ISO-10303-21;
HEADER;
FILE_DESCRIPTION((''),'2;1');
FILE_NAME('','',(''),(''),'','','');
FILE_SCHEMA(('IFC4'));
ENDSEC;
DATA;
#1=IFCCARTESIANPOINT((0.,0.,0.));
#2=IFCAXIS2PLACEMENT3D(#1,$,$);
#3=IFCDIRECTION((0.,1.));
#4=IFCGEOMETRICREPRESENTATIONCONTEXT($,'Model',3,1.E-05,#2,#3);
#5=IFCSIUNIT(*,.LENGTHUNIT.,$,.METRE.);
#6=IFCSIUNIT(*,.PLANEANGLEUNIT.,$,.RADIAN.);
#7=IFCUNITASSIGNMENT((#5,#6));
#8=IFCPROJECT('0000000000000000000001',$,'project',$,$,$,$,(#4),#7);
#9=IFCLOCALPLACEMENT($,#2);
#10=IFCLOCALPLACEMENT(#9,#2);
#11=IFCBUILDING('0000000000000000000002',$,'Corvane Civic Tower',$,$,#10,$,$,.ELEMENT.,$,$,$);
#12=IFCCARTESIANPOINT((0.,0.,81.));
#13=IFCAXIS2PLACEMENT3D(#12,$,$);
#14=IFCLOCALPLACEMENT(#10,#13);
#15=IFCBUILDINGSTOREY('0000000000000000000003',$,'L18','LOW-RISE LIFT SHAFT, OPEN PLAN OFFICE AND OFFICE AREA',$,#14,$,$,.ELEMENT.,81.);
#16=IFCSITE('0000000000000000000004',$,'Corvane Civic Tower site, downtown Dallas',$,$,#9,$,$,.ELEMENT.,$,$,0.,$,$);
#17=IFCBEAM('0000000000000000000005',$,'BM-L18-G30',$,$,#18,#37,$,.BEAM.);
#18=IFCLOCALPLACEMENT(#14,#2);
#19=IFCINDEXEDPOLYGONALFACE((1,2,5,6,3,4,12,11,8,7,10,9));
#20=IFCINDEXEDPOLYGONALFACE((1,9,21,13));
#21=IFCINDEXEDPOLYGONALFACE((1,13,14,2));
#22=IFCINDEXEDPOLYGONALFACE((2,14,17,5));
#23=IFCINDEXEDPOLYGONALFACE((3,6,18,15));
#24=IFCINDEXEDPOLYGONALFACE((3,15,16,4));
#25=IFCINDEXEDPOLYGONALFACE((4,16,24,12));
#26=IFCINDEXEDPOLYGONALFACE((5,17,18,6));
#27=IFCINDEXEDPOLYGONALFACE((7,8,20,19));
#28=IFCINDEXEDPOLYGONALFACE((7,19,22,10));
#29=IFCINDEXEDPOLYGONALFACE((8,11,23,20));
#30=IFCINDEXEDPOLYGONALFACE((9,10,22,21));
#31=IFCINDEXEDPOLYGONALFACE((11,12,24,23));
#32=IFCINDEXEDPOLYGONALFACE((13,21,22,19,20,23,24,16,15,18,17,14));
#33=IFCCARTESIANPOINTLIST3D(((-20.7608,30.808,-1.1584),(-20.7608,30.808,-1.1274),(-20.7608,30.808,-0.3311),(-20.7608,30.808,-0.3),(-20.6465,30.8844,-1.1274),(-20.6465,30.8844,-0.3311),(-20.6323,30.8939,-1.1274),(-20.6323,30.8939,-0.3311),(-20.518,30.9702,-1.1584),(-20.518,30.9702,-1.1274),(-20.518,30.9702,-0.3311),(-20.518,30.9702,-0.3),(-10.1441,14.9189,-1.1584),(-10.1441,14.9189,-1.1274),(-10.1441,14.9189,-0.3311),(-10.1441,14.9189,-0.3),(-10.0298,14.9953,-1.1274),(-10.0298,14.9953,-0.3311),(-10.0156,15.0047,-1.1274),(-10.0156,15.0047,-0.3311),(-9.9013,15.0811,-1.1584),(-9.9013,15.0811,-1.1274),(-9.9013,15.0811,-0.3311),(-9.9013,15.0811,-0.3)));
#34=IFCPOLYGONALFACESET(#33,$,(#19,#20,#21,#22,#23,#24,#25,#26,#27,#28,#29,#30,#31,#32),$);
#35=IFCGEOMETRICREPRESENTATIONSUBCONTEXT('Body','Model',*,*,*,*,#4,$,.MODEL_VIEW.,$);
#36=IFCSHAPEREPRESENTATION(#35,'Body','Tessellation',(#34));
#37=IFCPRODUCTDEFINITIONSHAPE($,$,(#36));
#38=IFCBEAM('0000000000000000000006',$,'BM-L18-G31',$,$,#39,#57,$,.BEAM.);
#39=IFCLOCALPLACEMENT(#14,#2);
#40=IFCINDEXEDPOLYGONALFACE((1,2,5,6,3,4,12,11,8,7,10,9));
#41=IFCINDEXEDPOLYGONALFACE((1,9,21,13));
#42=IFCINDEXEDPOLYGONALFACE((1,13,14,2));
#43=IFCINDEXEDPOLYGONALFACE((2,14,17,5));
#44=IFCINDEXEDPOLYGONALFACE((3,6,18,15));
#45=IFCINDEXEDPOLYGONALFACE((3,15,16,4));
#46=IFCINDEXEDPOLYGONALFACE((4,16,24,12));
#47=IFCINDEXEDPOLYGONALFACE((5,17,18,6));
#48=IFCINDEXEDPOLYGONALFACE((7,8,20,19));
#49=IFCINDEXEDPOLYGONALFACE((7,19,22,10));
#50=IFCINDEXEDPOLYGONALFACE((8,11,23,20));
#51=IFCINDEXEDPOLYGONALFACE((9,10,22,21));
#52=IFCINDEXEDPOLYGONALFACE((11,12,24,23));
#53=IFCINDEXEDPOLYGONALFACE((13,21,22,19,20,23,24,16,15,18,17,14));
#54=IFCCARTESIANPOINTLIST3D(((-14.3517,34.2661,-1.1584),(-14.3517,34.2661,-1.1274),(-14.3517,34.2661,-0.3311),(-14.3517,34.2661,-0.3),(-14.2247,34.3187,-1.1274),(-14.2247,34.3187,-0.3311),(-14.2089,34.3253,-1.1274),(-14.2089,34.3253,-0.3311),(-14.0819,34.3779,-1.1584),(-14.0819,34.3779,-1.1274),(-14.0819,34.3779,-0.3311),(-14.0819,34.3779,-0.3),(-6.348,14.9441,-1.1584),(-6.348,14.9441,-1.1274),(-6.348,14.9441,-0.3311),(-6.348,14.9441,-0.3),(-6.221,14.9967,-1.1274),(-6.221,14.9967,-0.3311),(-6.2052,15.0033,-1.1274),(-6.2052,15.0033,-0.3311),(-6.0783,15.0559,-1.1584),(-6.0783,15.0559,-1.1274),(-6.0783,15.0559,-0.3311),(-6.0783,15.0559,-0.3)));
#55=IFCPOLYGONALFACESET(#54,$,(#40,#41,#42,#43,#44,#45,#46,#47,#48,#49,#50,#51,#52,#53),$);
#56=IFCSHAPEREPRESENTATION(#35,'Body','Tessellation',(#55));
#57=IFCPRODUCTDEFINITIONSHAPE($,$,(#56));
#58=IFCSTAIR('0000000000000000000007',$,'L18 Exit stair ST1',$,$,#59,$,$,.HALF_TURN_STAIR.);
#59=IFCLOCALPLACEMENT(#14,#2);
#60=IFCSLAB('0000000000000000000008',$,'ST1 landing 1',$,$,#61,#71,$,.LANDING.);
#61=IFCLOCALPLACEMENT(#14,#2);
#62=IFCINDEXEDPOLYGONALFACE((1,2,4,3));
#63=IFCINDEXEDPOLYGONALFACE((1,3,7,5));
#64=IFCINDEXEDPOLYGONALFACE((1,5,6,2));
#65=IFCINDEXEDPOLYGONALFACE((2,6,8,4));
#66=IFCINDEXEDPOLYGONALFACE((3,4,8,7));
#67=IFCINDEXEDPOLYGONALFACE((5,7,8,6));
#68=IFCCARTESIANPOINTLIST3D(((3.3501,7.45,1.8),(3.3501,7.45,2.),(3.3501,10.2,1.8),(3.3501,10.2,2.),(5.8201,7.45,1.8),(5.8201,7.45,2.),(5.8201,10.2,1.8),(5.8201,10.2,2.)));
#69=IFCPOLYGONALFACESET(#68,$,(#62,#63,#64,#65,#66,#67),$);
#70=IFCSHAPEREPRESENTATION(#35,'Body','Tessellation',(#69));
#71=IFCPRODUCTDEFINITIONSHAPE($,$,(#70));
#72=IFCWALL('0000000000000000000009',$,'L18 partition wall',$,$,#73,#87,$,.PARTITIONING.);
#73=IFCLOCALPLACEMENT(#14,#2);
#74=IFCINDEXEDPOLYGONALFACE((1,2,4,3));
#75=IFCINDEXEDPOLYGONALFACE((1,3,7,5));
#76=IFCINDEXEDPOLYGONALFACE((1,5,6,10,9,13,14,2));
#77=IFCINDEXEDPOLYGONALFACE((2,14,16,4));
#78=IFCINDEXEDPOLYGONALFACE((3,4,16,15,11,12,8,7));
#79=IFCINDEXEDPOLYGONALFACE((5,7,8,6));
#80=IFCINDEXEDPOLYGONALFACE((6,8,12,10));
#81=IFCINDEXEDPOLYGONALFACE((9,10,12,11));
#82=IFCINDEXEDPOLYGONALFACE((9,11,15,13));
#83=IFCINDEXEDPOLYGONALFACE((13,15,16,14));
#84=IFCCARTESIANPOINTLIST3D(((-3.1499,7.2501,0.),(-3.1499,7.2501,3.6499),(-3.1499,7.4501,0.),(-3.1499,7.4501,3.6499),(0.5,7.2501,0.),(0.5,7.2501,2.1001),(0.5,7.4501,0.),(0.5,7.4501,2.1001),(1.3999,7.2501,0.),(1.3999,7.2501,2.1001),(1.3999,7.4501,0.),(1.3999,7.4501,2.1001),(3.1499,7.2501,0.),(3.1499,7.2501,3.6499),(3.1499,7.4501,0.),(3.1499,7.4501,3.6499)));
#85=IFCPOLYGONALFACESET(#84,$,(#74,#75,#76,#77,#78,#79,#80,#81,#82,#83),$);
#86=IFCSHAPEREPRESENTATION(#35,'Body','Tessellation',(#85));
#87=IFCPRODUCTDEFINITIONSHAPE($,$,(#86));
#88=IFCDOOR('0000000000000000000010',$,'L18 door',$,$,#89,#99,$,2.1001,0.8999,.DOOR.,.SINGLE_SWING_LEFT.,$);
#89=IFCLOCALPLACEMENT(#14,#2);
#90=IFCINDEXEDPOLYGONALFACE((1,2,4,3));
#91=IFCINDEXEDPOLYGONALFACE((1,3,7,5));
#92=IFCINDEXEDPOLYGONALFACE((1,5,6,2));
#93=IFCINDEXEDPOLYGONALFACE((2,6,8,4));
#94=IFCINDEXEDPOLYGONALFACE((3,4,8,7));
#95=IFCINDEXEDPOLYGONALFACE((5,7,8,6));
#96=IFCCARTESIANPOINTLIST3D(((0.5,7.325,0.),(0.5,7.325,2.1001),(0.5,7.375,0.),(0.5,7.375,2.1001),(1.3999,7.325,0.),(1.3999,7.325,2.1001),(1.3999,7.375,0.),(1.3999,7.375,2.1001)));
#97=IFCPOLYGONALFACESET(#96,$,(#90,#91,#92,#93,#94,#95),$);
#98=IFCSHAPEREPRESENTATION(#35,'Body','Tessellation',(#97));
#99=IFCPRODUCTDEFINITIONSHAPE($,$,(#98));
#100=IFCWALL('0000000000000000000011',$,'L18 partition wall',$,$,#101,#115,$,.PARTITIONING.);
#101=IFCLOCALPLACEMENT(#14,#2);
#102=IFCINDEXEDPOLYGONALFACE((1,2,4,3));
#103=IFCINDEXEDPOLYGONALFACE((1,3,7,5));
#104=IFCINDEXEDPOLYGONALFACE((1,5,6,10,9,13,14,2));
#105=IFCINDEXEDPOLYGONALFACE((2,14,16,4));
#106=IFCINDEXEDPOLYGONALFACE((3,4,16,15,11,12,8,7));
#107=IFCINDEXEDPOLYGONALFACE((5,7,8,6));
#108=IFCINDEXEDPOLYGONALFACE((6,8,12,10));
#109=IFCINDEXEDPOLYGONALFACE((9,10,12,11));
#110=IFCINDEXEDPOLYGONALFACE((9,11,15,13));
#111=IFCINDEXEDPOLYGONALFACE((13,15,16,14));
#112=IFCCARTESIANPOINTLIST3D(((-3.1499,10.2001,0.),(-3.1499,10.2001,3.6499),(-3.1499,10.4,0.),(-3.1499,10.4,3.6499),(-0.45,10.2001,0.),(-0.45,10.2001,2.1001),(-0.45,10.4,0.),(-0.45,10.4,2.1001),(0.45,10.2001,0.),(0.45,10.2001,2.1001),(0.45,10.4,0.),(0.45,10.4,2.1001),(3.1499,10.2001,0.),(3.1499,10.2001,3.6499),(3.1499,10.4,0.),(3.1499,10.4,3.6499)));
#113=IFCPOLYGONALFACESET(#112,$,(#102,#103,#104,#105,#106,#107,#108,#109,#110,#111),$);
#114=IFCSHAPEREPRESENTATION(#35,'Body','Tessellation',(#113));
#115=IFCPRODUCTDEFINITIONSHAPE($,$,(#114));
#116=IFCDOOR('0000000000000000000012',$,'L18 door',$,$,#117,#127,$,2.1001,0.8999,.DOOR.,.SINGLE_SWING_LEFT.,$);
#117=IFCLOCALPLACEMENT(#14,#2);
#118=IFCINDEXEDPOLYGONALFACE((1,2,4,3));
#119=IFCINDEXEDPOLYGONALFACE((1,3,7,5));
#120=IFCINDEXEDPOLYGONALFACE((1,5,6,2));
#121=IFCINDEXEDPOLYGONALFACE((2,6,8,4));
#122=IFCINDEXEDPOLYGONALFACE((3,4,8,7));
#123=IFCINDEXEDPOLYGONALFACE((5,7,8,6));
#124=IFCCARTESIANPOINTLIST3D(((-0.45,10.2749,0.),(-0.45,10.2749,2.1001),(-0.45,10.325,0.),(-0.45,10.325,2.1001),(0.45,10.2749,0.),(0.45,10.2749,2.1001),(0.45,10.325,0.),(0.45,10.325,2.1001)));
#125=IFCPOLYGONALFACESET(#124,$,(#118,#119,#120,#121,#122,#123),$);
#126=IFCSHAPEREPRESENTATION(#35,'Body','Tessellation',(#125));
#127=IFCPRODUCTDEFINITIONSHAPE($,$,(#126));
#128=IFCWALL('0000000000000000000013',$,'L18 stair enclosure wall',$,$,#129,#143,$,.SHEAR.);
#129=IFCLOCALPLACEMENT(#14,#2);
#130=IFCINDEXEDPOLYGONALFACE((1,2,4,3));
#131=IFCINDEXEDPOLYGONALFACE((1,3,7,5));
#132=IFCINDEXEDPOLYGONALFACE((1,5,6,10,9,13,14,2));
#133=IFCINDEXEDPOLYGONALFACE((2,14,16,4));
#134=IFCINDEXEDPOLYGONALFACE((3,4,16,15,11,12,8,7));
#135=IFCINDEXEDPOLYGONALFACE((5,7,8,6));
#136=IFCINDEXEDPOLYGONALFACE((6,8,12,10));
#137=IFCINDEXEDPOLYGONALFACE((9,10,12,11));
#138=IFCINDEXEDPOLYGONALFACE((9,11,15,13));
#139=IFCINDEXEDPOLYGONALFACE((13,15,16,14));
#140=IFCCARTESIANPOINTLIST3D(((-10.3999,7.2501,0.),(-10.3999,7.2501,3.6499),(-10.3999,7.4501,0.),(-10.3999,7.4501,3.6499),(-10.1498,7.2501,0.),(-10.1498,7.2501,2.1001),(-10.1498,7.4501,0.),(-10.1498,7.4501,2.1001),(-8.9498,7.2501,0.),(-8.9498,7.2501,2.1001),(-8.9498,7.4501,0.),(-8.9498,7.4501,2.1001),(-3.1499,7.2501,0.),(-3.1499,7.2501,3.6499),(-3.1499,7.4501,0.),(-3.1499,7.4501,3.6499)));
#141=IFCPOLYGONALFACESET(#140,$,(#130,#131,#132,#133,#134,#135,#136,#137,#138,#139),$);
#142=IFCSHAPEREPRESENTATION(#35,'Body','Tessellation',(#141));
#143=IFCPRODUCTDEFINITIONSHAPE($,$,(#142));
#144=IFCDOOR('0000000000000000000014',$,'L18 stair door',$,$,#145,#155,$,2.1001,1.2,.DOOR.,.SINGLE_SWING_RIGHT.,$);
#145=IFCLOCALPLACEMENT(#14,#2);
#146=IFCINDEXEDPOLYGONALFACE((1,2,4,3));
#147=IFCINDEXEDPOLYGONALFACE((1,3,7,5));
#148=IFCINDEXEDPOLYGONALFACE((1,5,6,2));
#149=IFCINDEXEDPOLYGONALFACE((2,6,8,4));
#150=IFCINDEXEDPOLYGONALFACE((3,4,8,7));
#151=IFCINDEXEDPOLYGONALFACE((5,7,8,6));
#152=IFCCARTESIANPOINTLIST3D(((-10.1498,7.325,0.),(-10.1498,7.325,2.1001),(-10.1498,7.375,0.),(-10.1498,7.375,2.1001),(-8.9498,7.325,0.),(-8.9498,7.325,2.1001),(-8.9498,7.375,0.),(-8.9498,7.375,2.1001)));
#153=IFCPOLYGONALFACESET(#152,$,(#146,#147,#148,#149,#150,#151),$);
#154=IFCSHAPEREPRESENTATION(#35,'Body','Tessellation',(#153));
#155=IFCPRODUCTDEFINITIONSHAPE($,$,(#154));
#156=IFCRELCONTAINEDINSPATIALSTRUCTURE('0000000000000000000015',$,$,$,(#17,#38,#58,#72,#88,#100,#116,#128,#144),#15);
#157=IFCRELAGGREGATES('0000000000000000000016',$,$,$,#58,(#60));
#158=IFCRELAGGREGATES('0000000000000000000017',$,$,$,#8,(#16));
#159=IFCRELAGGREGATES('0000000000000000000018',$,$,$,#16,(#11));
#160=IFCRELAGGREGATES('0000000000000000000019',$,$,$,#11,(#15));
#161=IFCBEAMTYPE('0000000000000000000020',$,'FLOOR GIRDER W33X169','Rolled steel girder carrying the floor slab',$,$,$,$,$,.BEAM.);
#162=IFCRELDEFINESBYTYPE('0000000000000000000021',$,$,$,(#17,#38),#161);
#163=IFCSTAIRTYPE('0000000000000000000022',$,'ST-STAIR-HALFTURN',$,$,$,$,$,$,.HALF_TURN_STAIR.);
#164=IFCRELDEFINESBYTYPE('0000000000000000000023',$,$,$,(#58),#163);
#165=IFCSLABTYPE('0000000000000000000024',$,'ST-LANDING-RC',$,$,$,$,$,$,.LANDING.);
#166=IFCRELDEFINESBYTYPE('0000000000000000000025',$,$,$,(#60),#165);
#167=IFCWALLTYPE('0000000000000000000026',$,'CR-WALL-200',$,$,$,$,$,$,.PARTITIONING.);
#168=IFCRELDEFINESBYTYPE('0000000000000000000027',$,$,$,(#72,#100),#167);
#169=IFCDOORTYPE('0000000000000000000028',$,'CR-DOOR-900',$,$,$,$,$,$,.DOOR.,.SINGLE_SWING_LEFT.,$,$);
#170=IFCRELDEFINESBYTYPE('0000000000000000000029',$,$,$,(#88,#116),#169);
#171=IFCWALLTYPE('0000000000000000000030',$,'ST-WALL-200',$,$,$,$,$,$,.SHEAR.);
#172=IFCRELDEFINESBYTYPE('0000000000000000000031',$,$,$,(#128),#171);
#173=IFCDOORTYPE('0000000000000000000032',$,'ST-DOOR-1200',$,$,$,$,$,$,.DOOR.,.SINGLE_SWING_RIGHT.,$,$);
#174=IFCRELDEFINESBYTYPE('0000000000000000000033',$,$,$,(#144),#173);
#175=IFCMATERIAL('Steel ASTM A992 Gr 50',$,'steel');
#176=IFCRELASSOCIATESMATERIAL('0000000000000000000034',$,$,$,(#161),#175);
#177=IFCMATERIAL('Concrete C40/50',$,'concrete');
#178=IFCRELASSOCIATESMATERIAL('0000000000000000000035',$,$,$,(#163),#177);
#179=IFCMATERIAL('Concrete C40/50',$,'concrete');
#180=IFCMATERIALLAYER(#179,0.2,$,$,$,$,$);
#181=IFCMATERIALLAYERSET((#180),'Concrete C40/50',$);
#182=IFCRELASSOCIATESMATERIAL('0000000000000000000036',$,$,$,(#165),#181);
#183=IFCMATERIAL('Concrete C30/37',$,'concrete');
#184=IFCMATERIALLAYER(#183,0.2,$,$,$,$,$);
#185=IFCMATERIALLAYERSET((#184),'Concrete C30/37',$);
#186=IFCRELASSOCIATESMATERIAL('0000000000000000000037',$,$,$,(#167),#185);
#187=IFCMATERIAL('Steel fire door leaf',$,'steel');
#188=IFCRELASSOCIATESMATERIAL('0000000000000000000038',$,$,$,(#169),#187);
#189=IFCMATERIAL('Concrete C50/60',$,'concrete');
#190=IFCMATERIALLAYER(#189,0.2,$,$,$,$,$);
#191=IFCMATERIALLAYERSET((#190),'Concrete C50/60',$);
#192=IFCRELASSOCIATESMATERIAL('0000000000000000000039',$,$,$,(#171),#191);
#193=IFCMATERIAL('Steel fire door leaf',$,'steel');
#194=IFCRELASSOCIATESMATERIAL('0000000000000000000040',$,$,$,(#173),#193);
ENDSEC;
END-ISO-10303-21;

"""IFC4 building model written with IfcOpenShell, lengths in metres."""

from ifc_helpers import new_model, si_unit, direction, frame, frame_2d, origin, origin_2d, place, context, subcontext, project, spatial, polyline, rectangle, i_section, outline, extrude, material, layer, layer_set, material_profile, profile_set, type_object, element, fill, aggregate, save


model = new_model("IFC4")

# Units and contexts
model_context = context("Model", 3, precision=1e-05, world=origin(), true_north=direction((0.0, 1.0)))
body_context = subcontext(model_context, "Body", "Model", "MODEL_VIEW")
ifc_project = project(units=[si_unit("LENGTHUNIT", "METRE"), si_unit("PLANEANGLEUNIT", "RADIAN")], contexts=[model_context])

# Site, building, storey
site_placement = place(None, origin())
site = spatial("IfcSite", under=ifc_project, at=site_placement, Name="Corvane Civic Tower site, downtown Dallas", CompositionType="ELEMENT", RefElevation=0.0)
building_placement = place(site_placement, origin())
building = spatial("IfcBuilding", under=site, at=building_placement, Name="Corvane Civic Tower", CompositionType="ELEMENT")
storey_placement = place(building_placement, frame((0.0, 0.0, 81.0)))
storey = spatial("IfcBuildingStorey", under=building, at=storey_placement, Name="L18", Description="LOW-RISE LIFT SHAFT, OPEN PLAN OFFICE AND OFFICE AREA", CompositionType="ELEMENT", Elevation=81.0)

# Beams
ifc_material_1 = material(Name="Steel ASTM A992 Gr 50", Category="steel")
ifc_material_profile = material_profile(ifc_material_1, i_section(OverallWidth=0.292, OverallDepth=0.8584, WebThickness=0.0171, FlangeThickness=0.031, at=origin_2d()), Name="W33X169")
ifc_profile_set = profile_set([ifc_material_profile], Name="Steel ASTM A992 Gr 50")
beam_type = type_object("IfcBeamType", Name="FLOOR GIRDER W33X169", Description="Rolled steel girder carrying the floor slab", PredefinedType="BEAM", material=ifc_profile_set)
beam_1_placement = place(storey_placement, frame((-10.0227, 15.0, -0.7292), z_axis=(-0.555567, 0.831472, 0.0), x_axis=(-0.831472, -0.555567, 0.0)))
element("IfcBeam", 1, at=beam_1_placement, inside=storey, type_object=beam_type, Name="BM-L18-G30", PredefinedType="BEAM", context=body_context, shape_type="SweptSolid", body=[
    extrude(i_section(OverallWidth=0.292, OverallDepth=0.8584, WebThickness=0.0171, FlangeThickness=0.031, at=origin_2d()), origin(), (0.0, 0.0, 1.0), 19.1096),
])
beam_2_placement = place(storey_placement, frame((-6.2131, 15.0, -0.7292), z_axis=(-0.382692, 0.923876, 0.0), x_axis=(-0.923876, -0.382692, 0.0)))
element("IfcBeam", 2, at=beam_2_placement, inside=storey, type_object=beam_type, Name="BM-L18-G31", PredefinedType="BEAM", context=body_context, shape_type="SweptSolid", body=[
    extrude(i_section(OverallWidth=0.292, OverallDepth=0.8584, WebThickness=0.0171, FlangeThickness=0.031, at=origin_2d()), origin(), (0.0, 0.0, 1.0), 20.9141),
])

# Stair, slab
ifc_material_2 = material(Name="Concrete C40/50", Category="concrete")
stair_type = type_object("IfcStairType", Name="ST-STAIR-HALFTURN", PredefinedType="HALF_TURN_STAIR", material=ifc_material_2)
stair_1_placement = place(storey_placement, origin())
stair_1 = element("IfcStair", 3, at=stair_1_placement, inside=storey, type_object=stair_type, Name="L18 Exit stair ST1", PredefinedType="HALF_TURN_STAIR")
ifc_material_3 = material(Name="Concrete C40/50", Category="concrete")
ifc_layer_1 = layer(ifc_material_3, 0.2)
ifc_layer_set_1 = layer_set([ifc_layer_1], Name="Concrete C40/50")
slab_type_1 = type_object("IfcSlabType", Name="ST-LANDING-RC", PredefinedType="LANDING", material=ifc_layer_set_1)
slab_1_placement = place(storey_placement, frame((0.0, 0.0, 1.8)))
slab_1 = element("IfcSlab", 4, at=slab_1_placement, type_object=slab_type_1, Name="ST1 landing 1", PredefinedType="LANDING", context=body_context, shape_type="SweptSolid", body=[
    extrude(outline(polyline([(5.8201, 10.2), (3.3501, 10.2), (3.3501, 7.45), (5.8201, 7.45), (5.8201, 10.2)])), origin(), (0.0, 0.0, 1.0), 0.2),
])
aggregate(stair_1, [slab_1])

# Walls, openings, doors
ifc_material_4 = material(Name="Concrete C30/37", Category="concrete")
ifc_layer_2 = layer(ifc_material_4, 0.2)
ifc_layer_set_2 = layer_set([ifc_layer_2], Name="Concrete C30/37")
wall_type_1 = type_object("IfcWallType", Name="CR-WALL-200", PredefinedType="PARTITIONING", material=ifc_layer_set_2)
wall_1_placement = place(storey_placement, frame((-3.1499, 7.3501, 0.0), z_axis=(0.0, 0.0, 1.0), x_axis=(1.0, 0.0, 0.0)))
wall_1 = element("IfcWall", 5, at=wall_1_placement, inside=storey, type_object=wall_type_1, Name="L18 partition wall", PredefinedType="PARTITIONING", context=body_context, shape_type="SweptSolid", body=[
    extrude(rectangle(XDim=6.2998, YDim=0.2, at=frame_2d((3.1499, 0.0))), origin(), (0.0, 0.0, 1.0), 3.6499),
])
opening_1_placement = place(wall_1_placement, frame((3.6499, 0.0, 0.0)))
opening_1 = element("IfcOpeningElement", 6, at=opening_1_placement, cuts=wall_1, PredefinedType="OPENING", context=body_context, shape_type="SweptSolid", body=[
    extrude(rectangle(XDim=0.8999, YDim=2.1001, at=frame_2d((0.45, 1.05))), frame((0.0, 0.1099, 0.0), z_axis=(0.0, -1.0, 0.0), x_axis=(1.0, 0.0, 0.0)), (0.0, 0.0, 1.0), 0.22),
])
ifc_material_5 = material(Name="Steel fire door leaf", Category="steel")
door_type_1 = type_object("IfcDoorType", Name="CR-DOOR-900", OperationType="SINGLE_SWING_LEFT", PredefinedType="DOOR", material=ifc_material_5)
door_1_placement = place(opening_1_placement, origin())
door_1 = element("IfcDoor", 7, at=door_1_placement, inside=storey, type_object=door_type_1, Name="L18 door", OperationType="SINGLE_SWING_LEFT", OverallHeight=2.1001, OverallWidth=0.8999, PredefinedType="DOOR", context=body_context, shape_type="SweptSolid", body=[
    extrude(rectangle(XDim=0.8999, YDim=2.1001, at=frame_2d((0.45, 1.05))), frame((0.0, 0.0249, 0.0), z_axis=(0.0, -1.0, 0.0), x_axis=(1.0, 0.0, 0.0)), (0.0, 0.0, 1.0), 0.05),
])
fill(opening_1, door_1)
wall_2_placement = place(storey_placement, frame((-3.1499, 10.3, 0.0), z_axis=(0.0, 0.0, 1.0), x_axis=(1.0, 0.0, 0.0)))
wall_2 = element("IfcWall", 8, at=wall_2_placement, inside=storey, type_object=wall_type_1, Name="L18 partition wall", PredefinedType="PARTITIONING", context=body_context, shape_type="SweptSolid", body=[
    extrude(rectangle(XDim=6.2998, YDim=0.2, at=frame_2d((3.1499, 0.0))), origin(), (0.0, 0.0, 1.0), 3.6499),
])
opening_2_placement = place(wall_2_placement, frame((2.7, 0.0, 0.0)))
opening_2 = element("IfcOpeningElement", 9, at=opening_2_placement, cuts=wall_2, PredefinedType="OPENING", context=body_context, shape_type="SweptSolid", body=[
    extrude(rectangle(XDim=0.8999, YDim=2.1001, at=frame_2d((0.45, 1.05))), frame((0.0, 0.1099, 0.0), z_axis=(0.0, -1.0, 0.0), x_axis=(1.0, 0.0, 0.0)), (0.0, 0.0, 1.0), 0.22),
])
door_2_placement = place(opening_2_placement, origin())
door_2 = element("IfcDoor", 10, at=door_2_placement, inside=storey, type_object=door_type_1, Name="L18 door", OperationType="SINGLE_SWING_LEFT", OverallHeight=2.1001, OverallWidth=0.8999, PredefinedType="DOOR", context=body_context, shape_type="SweptSolid", body=[
    extrude(rectangle(XDim=0.8999, YDim=2.1001, at=frame_2d((0.45, 1.05))), frame((0.0, 0.0249, 0.0), z_axis=(0.0, -1.0, 0.0), x_axis=(1.0, 0.0, 0.0)), (0.0, 0.0, 1.0), 0.05),
])
fill(opening_2, door_2)
ifc_material_6 = material(Name="Concrete C50/60", Category="concrete")
ifc_layer_3 = layer(ifc_material_6, 0.2)
ifc_layer_set_3 = layer_set([ifc_layer_3], Name="Concrete C50/60")
wall_type_2 = type_object("IfcWallType", Name="ST-WALL-200", PredefinedType="SHEAR", material=ifc_layer_set_3)
wall_3_placement = place(storey_placement, frame((-10.3999, 7.3501, 0.0), z_axis=(0.0, 0.0, 1.0), x_axis=(1.0, 0.0, 0.0)))
wall_3 = element("IfcWall", 11, at=wall_3_placement, inside=storey, type_object=wall_type_2, Name="L18 stair enclosure wall", PredefinedType="SHEAR", context=body_context, shape_type="SweptSolid", body=[
    extrude(rectangle(XDim=7.25, YDim=0.2, at=frame_2d((3.625, 0.0))), origin(), (0.0, 0.0, 1.0), 3.6499),
])
opening_3_placement = place(wall_3_placement, frame((0.25, 0.0, 0.0)))
opening_3 = element("IfcOpeningElement", 12, at=opening_3_placement, cuts=wall_3, PredefinedType="OPENING", context=body_context, shape_type="SweptSolid", body=[
    extrude(rectangle(XDim=1.2, YDim=2.1001, at=frame_2d((0.6001, 1.05))), frame((0.0, 0.1099, 0.0), z_axis=(0.0, -1.0, 0.0), x_axis=(1.0, 0.0, 0.0)), (0.0, 0.0, 1.0), 0.22),
])
ifc_material_7 = material(Name="Steel fire door leaf", Category="steel")
door_type_2 = type_object("IfcDoorType", Name="ST-DOOR-1200", OperationType="SINGLE_SWING_RIGHT", PredefinedType="DOOR", material=ifc_material_7)
door_3_placement = place(opening_3_placement, origin())
door_3 = element("IfcDoor", 13, at=door_3_placement, inside=storey, type_object=door_type_2, Name="L18 stair door", OperationType="SINGLE_SWING_RIGHT", OverallHeight=2.1001, OverallWidth=1.2, PredefinedType="DOOR", context=body_context, shape_type="SweptSolid", body=[
    extrude(rectangle(XDim=1.2, YDim=2.1001, at=frame_2d((0.6001, 1.05))), frame((0.0, 0.0249, 0.0), z_axis=(0.0, -1.0, 0.0), x_axis=(1.0, 0.0, 0.0)), (0.0, 0.0, 1.0), 0.05),
])
fill(opening_3, door_3)

save(model, "model.ifc")
